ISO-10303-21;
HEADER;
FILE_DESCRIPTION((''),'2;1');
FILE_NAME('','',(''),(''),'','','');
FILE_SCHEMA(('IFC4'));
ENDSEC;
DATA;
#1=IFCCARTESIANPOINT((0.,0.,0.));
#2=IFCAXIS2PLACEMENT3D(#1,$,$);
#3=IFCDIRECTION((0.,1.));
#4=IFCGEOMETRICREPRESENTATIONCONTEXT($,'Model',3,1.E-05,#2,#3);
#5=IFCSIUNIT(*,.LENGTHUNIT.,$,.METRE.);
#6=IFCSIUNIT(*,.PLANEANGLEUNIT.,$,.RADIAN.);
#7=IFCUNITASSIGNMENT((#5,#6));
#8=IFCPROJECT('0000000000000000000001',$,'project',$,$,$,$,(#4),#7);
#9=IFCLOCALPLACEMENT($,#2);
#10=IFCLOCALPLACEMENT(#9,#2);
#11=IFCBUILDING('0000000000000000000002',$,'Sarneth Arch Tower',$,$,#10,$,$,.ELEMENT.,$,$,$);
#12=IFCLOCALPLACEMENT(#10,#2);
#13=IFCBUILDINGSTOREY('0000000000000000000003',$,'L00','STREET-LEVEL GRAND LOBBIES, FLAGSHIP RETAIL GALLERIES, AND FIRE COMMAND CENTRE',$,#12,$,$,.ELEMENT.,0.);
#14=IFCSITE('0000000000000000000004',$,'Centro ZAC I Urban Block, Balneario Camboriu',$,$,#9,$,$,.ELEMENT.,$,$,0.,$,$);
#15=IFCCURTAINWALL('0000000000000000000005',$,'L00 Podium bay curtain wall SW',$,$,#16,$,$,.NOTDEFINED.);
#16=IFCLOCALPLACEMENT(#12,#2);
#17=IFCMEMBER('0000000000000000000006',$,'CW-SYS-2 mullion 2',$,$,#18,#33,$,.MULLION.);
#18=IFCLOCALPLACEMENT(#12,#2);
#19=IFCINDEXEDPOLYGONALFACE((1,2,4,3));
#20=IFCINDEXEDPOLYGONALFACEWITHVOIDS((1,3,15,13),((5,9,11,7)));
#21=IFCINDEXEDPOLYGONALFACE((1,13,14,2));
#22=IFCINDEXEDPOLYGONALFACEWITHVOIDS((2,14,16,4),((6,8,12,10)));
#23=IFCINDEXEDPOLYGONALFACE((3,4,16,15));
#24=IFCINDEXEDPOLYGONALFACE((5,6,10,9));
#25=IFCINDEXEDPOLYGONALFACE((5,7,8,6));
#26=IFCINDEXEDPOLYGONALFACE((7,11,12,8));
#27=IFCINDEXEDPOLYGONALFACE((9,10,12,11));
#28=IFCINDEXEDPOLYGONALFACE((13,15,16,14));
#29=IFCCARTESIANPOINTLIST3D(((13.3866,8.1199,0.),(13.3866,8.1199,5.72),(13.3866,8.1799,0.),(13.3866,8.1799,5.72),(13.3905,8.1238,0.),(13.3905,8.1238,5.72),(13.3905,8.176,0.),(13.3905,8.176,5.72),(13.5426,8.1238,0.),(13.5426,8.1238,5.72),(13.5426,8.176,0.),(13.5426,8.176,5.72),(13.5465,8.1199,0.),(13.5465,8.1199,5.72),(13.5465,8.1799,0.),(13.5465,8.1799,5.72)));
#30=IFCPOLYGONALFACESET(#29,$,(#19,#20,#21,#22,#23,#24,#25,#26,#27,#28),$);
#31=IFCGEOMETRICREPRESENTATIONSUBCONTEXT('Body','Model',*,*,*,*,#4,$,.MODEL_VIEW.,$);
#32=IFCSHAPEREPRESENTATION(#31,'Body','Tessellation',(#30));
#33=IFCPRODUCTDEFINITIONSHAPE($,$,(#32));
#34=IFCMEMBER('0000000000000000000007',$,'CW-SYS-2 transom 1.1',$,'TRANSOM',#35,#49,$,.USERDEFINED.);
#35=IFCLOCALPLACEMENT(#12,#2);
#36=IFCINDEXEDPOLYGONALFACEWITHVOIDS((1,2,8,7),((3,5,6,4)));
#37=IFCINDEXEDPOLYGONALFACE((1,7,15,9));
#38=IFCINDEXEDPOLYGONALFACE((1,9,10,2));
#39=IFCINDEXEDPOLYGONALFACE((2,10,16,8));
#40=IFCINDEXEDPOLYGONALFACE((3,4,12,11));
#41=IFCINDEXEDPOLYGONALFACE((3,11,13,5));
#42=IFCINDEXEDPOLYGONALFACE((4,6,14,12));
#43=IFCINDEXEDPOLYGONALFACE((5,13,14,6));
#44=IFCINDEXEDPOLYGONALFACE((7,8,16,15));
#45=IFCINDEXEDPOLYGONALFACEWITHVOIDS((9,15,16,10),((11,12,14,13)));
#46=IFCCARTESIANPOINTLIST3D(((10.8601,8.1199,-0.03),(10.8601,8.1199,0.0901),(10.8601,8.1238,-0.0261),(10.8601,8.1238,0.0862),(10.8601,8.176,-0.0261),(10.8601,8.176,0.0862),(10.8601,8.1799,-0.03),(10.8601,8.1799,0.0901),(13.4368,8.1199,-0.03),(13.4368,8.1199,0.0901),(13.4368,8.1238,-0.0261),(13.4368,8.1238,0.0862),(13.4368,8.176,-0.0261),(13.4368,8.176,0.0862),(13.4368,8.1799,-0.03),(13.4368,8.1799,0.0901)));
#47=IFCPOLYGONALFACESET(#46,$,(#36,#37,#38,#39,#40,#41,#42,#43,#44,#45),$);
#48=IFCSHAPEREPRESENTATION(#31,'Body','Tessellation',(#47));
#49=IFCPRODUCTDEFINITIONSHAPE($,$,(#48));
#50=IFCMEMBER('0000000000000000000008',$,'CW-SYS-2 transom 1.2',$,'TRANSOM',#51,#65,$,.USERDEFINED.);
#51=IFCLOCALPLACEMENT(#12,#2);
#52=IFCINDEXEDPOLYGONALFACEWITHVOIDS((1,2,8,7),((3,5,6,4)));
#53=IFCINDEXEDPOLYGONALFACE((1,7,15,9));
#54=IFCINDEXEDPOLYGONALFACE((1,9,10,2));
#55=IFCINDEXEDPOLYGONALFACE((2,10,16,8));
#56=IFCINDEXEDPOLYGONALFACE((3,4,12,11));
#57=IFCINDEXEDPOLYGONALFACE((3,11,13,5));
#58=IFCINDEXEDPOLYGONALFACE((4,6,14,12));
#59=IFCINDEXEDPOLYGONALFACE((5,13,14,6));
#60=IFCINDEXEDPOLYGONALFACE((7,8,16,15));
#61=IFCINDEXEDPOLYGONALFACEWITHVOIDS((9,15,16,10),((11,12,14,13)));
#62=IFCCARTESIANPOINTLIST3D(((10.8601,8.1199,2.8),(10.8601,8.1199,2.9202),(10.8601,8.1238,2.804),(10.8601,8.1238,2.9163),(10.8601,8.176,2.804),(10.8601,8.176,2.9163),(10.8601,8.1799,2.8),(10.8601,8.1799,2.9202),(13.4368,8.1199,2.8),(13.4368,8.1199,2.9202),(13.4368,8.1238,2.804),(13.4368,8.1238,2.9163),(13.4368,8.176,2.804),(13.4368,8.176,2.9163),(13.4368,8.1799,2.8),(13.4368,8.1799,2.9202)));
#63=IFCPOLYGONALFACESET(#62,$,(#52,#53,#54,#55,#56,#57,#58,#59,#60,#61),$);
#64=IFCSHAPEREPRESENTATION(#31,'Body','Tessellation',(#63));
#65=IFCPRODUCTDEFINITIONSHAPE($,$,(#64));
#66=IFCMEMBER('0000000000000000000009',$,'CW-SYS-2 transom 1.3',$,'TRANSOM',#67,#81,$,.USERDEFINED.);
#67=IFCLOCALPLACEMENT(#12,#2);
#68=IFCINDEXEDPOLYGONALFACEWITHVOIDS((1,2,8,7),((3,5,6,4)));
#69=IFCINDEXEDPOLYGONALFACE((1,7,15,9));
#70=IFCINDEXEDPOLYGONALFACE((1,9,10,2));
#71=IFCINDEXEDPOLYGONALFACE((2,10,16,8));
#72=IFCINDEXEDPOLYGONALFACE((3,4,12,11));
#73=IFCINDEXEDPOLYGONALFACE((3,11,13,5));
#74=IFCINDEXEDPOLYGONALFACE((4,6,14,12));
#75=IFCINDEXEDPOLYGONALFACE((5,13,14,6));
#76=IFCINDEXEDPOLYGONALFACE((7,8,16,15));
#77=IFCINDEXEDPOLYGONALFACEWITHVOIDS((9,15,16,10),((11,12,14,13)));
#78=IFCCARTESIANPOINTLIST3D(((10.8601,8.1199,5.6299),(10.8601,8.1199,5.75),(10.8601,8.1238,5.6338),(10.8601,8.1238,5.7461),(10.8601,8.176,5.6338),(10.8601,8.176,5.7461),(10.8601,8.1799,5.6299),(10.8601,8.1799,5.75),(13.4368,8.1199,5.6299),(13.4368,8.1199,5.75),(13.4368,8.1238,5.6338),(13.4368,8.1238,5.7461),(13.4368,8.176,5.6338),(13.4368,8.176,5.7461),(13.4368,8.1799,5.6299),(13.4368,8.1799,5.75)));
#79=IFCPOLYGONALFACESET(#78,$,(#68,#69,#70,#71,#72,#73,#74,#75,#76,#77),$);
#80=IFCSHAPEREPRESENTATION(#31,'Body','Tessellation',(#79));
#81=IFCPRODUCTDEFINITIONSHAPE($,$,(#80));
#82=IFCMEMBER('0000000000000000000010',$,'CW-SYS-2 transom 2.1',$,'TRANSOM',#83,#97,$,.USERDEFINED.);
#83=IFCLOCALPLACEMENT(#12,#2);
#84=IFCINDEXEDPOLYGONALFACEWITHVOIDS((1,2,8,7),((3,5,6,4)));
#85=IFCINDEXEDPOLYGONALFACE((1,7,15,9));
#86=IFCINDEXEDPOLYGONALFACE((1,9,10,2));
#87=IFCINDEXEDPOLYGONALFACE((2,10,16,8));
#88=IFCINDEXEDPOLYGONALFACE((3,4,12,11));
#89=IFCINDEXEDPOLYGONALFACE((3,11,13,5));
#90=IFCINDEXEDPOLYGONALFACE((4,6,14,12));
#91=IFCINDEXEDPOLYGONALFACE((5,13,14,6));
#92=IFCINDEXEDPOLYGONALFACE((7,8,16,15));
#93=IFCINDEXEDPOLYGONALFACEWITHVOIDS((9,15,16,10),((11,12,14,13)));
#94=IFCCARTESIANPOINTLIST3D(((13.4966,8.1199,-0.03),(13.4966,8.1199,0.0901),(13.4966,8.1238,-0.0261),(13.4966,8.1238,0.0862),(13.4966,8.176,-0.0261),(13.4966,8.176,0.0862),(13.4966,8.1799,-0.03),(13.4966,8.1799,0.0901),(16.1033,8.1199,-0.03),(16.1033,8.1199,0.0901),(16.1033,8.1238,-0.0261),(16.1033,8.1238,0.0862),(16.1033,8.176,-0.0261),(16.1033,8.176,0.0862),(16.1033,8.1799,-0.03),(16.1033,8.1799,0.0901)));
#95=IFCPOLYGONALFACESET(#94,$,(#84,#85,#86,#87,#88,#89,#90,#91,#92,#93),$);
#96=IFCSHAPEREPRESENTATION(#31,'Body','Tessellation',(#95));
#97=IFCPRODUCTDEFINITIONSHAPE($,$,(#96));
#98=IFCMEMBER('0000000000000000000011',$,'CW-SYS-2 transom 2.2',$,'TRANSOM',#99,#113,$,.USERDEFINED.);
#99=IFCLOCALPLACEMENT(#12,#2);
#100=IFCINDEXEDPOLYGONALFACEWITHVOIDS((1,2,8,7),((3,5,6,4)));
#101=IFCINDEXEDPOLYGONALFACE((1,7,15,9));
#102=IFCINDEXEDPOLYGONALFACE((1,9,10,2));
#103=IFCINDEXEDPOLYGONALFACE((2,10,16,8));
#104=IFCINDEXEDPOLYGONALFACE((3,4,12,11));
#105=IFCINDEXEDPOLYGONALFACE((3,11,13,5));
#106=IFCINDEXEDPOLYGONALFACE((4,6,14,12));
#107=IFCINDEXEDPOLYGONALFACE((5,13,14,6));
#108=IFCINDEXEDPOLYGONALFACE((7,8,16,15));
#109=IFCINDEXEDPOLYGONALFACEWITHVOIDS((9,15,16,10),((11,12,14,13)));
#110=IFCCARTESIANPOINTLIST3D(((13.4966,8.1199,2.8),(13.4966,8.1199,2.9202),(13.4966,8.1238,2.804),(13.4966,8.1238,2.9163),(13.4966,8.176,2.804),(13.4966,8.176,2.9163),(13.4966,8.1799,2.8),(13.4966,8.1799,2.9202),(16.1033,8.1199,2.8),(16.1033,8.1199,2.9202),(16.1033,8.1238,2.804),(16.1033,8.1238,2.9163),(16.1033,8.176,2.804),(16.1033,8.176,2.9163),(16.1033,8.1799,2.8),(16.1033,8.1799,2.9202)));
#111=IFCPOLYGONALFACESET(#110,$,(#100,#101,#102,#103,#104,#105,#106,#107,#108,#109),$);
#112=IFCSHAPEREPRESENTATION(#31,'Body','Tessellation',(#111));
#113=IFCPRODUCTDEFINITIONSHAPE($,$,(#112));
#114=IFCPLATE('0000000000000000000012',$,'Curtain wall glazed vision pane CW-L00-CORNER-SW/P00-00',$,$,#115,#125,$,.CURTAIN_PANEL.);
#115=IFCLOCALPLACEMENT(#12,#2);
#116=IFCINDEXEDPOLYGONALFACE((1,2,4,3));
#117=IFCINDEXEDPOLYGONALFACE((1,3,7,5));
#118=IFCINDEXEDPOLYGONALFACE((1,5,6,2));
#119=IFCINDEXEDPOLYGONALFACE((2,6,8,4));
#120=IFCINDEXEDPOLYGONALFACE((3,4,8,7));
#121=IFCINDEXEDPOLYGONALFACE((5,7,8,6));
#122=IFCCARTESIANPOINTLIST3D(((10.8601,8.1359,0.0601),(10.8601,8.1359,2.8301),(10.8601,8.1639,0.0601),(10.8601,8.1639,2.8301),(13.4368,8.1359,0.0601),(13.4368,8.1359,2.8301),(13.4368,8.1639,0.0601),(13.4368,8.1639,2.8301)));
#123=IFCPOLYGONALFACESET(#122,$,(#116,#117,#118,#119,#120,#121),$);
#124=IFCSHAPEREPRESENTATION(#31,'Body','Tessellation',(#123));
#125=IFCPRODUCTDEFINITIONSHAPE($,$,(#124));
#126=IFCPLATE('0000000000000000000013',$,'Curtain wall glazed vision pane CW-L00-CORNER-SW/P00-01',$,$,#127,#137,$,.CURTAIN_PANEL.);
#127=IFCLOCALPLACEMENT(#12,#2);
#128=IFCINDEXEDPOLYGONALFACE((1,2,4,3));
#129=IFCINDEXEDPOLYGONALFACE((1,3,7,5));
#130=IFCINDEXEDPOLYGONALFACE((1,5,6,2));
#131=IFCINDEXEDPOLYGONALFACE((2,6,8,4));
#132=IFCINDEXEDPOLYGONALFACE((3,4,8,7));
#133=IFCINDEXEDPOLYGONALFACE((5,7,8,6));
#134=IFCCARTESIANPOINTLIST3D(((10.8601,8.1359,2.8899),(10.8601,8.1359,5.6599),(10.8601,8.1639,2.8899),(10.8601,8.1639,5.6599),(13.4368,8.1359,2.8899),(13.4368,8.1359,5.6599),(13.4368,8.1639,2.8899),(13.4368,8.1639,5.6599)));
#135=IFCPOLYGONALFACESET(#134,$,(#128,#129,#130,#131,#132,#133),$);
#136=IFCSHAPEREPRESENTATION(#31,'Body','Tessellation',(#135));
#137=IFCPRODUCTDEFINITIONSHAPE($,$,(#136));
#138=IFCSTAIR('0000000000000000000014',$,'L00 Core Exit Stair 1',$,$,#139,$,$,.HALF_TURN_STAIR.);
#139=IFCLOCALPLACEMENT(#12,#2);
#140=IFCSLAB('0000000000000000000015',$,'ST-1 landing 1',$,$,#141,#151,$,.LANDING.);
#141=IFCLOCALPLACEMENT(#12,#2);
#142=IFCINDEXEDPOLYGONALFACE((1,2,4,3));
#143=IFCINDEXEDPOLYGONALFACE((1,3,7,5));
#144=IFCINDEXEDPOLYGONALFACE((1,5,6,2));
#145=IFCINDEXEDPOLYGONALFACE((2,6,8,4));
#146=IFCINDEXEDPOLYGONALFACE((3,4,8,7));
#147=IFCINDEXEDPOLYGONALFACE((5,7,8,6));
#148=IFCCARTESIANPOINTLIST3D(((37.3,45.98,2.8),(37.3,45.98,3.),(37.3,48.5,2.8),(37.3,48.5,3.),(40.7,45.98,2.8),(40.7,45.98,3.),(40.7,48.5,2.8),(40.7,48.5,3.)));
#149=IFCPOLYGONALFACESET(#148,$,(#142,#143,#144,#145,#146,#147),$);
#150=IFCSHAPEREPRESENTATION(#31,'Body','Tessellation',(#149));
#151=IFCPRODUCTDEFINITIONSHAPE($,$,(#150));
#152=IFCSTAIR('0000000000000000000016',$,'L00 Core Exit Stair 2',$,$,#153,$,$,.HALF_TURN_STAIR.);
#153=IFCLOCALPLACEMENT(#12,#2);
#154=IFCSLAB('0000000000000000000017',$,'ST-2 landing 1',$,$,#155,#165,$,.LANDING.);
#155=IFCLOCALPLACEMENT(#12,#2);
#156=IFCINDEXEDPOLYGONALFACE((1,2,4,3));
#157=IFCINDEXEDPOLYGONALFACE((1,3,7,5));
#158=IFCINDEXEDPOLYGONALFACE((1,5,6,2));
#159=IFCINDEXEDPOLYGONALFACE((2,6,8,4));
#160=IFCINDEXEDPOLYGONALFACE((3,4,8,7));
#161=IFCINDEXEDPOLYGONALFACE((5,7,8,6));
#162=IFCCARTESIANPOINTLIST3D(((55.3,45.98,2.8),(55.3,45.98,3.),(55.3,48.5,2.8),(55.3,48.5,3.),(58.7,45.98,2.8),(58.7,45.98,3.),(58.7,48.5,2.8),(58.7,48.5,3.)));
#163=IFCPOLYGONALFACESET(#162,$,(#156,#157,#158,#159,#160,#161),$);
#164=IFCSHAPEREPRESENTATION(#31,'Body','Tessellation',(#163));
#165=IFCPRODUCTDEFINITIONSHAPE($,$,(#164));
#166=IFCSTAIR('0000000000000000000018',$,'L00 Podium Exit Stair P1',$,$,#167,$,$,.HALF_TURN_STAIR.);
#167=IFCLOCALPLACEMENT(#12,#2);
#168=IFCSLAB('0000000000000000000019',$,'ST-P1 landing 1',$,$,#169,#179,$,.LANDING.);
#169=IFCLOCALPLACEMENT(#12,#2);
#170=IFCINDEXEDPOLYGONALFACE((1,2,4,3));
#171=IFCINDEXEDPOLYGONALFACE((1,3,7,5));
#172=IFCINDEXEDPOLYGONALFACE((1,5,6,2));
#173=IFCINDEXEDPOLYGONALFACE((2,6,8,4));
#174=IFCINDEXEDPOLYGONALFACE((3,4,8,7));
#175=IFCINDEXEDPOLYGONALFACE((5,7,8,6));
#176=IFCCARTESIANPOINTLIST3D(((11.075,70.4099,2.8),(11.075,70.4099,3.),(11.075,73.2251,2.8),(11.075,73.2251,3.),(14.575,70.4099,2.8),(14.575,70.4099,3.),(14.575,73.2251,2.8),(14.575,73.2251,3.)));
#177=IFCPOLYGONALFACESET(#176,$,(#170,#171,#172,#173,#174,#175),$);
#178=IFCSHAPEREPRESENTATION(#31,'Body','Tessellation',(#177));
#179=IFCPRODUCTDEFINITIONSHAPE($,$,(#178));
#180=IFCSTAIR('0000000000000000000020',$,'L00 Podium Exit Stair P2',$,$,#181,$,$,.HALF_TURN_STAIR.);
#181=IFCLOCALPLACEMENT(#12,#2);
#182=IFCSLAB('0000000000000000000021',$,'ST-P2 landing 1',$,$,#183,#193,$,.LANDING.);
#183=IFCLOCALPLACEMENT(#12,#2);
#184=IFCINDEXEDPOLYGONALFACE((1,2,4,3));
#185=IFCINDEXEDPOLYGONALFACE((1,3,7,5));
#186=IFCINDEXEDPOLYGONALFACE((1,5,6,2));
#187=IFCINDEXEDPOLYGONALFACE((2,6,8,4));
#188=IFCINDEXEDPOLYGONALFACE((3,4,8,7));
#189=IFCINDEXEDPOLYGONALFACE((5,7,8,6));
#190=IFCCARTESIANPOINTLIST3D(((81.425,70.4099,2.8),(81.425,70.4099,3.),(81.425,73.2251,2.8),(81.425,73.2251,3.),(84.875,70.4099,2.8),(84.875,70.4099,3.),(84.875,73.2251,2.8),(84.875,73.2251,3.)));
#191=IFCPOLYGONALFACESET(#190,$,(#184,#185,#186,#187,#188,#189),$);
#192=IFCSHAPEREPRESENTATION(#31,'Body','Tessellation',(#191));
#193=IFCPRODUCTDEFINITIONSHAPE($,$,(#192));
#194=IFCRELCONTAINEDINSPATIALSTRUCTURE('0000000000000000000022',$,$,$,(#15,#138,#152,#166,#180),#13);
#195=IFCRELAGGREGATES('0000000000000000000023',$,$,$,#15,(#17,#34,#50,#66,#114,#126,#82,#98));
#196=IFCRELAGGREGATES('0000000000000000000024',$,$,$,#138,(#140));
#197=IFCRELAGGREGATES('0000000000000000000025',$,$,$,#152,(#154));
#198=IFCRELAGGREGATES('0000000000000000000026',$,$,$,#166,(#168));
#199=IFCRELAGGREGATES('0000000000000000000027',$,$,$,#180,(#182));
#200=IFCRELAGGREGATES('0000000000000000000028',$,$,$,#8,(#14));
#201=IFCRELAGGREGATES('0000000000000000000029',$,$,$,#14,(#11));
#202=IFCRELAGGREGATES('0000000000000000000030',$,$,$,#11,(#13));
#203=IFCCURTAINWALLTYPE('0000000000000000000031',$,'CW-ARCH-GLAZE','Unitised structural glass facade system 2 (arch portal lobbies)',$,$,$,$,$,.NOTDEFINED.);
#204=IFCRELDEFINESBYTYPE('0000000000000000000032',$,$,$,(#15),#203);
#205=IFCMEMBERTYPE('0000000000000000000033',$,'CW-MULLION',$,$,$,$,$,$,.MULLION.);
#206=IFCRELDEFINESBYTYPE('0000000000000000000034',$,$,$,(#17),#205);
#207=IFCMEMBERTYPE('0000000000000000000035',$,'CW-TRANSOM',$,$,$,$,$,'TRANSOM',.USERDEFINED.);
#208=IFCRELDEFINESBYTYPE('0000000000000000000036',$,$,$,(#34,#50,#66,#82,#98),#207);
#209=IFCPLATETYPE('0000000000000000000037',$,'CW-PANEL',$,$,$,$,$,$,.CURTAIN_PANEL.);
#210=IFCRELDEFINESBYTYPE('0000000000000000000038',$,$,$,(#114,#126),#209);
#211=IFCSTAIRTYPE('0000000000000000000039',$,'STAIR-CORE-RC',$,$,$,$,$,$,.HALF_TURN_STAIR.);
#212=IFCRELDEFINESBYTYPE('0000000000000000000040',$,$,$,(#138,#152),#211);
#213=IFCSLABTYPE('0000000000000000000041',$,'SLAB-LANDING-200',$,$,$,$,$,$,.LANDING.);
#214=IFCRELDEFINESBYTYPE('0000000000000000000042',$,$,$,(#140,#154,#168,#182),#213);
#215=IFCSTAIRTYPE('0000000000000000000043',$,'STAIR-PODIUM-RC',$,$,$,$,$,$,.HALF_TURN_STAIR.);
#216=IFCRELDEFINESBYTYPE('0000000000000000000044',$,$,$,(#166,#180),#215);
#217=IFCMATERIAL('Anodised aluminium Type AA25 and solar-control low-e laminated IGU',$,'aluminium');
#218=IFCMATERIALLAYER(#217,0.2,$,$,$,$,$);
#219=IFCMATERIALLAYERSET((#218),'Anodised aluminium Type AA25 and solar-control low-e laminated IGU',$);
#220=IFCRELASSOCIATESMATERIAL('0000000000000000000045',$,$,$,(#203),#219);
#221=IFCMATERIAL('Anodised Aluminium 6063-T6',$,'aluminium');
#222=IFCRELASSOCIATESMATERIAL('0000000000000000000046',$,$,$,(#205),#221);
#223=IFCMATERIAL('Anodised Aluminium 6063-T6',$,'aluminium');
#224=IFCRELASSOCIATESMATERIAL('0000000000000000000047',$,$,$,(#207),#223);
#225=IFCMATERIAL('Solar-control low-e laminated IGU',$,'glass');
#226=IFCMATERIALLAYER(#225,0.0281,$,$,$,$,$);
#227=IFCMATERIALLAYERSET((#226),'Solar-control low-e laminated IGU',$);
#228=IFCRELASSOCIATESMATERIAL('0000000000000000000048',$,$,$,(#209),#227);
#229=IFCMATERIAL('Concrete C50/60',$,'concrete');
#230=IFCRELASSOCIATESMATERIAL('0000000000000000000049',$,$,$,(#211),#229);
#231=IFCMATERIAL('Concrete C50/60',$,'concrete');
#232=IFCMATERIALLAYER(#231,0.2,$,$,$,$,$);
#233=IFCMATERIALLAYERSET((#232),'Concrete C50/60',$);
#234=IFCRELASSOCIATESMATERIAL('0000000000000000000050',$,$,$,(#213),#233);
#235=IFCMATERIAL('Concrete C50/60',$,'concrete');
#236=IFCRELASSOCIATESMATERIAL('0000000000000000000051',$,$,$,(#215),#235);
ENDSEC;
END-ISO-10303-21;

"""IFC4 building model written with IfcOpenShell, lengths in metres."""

from ifc_helpers import new_model, si_unit, direction, frame, origin, origin_2d, place, context, subcontext, project, spatial, polyline, rectangle, hollow_rectangle, outline, extrude, material, layer, layer_set, material_profile, profile_set, type_object, element, aggregate, save


model = new_model("IFC4")

# Units and contexts
model_context = context("Model", 3, precision=1e-05, world=origin(), true_north=direction((0.0, 1.0)))
body_context = subcontext(model_context, "Body", "Model", "MODEL_VIEW")
ifc_project = project(units=[si_unit("LENGTHUNIT", "METRE"), si_unit("PLANEANGLEUNIT", "RADIAN")], contexts=[model_context])

# Site, building, storey
site_placement = place(None, origin())
site = spatial("IfcSite", under=ifc_project, at=site_placement, Name="Centro ZAC I Urban Block, Balneario Camboriu", CompositionType="ELEMENT", RefElevation=0.0)
building_placement = place(site_placement, origin())
building = spatial("IfcBuilding", under=site, at=building_placement, Name="Sarneth Arch Tower", CompositionType="ELEMENT")
storey_placement = place(building_placement, origin())
storey = spatial("IfcBuildingStorey", under=building, at=storey_placement, Name="L00", Description="STREET-LEVEL GRAND LOBBIES, FLAGSHIP RETAIL GALLERIES, AND FIRE COMMAND CENTRE", CompositionType="ELEMENT", Elevation=0.0)

# Curtain wall, members, plates
ifc_material_1 = material(Name="Anodised aluminium Type AA25 and solar-control low-e laminated IGU", Category="aluminium")
ifc_layer_1 = layer(ifc_material_1, 0.2)
ifc_layer_set_1 = layer_set([ifc_layer_1], Name="Anodised aluminium Type AA25 and solar-control low-e laminated IGU")
curtain_wall_type = type_object("IfcCurtainWallType", Name="CW-ARCH-GLAZE", Description="Unitised structural glass facade system 2 (arch portal lobbies)", PredefinedType="NOTDEFINED", material=ifc_layer_set_1)
curtain_wall_placement = place(storey_placement, origin())
curtain_wall = element("IfcCurtainWall", 1, at=curtain_wall_placement, inside=storey, type_object=curtain_wall_type, Name="L00 Podium bay curtain wall SW", PredefinedType="NOTDEFINED")
ifc_material_2 = material(Name="Anodised Aluminium 6063-T6", Category="aluminium")
ifc_material_profile_1 = material_profile(ifc_material_2, hollow_rectangle(XDim=0.0601, YDim=0.1599, WallThickness=0.0039, at=origin_2d()), Name="AL-MULL-160x60x4")
ifc_profile_set_1 = profile_set([ifc_material_profile_1], Name="Anodised Aluminium 6063-T6")
member_type_1 = type_object("IfcMemberType", Name="CW-MULLION", PredefinedType="MULLION", material=ifc_profile_set_1)
member_1_placement = place(storey_placement, frame((13.4666, 8.1499, 0.0), z_axis=(0.0, 0.0, 1.0), x_axis=(0.0, 1.0, 0.0)))
member_1 = element("IfcMember", 2, at=member_1_placement, type_object=member_type_1, Name="CW-SYS-2 mullion 2", PredefinedType="MULLION", context=body_context, shape_type="SweptSolid", body=[
    extrude(hollow_rectangle(XDim=0.0601, YDim=0.1599, WallThickness=0.0039, at=origin_2d()), origin(), (0.0, 0.0, 1.0), 5.72),
])
ifc_material_3 = material(Name="Anodised Aluminium 6063-T6", Category="aluminium")
ifc_material_profile_2 = material_profile(ifc_material_3, hollow_rectangle(XDim=0.0601, YDim=0.1201, WallThickness=0.0039, at=origin_2d()), Name="AL-TRAN-120x60x4")
ifc_profile_set_2 = profile_set([ifc_material_profile_2], Name="Anodised Aluminium 6063-T6")
member_type_2 = type_object("IfcMemberType", Name="CW-TRANSOM", ElementType="TRANSOM", PredefinedType="USERDEFINED", material=ifc_profile_set_2)
member_2_placement = place(storey_placement, frame((10.8601, 8.1499, 0.03), z_axis=(1.0, 0.0, 0.0), x_axis=(0.0, 1.0, 0.0)))
member_2 = element("IfcMember", 3, at=member_2_placement, type_object=member_type_2, Name="CW-SYS-2 transom 1.1", ObjectType="TRANSOM", PredefinedType="USERDEFINED", context=body_context, shape_type="SweptSolid", body=[
    extrude(hollow_rectangle(XDim=0.0601, YDim=0.1201, WallThickness=0.0039, at=origin_2d()), origin(), (0.0, 0.0, 1.0), 2.5767),
])
member_3_placement = place(storey_placement, frame((10.8601, 8.1499, 2.8601), z_axis=(1.0, 0.0, 0.0), x_axis=(0.0, 1.0, 0.0)))
member_3 = element("IfcMember", 4, at=member_3_placement, type_object=member_type_2, Name="CW-SYS-2 transom 1.2", ObjectType="TRANSOM", PredefinedType="USERDEFINED", context=body_context, shape_type="SweptSolid", body=[
    extrude(hollow_rectangle(XDim=0.0601, YDim=0.1201, WallThickness=0.0039, at=origin_2d()), origin(), (0.0, 0.0, 1.0), 2.5767),
])
member_4_placement = place(storey_placement, frame((10.8601, 8.1499, 5.6899), z_axis=(1.0, 0.0, 0.0), x_axis=(0.0, 1.0, 0.0)))
member_4 = element("IfcMember", 5, at=member_4_placement, type_object=member_type_2, Name="CW-SYS-2 transom 1.3", ObjectType="TRANSOM", PredefinedType="USERDEFINED", context=body_context, shape_type="SweptSolid", body=[
    extrude(hollow_rectangle(XDim=0.0601, YDim=0.1201, WallThickness=0.0039, at=origin_2d()), origin(), (0.0, 0.0, 1.0), 2.5767),
])
member_5_placement = place(storey_placement, frame((13.4966, 8.1499, 0.03), z_axis=(1.0, 0.0, 0.0), x_axis=(0.0, 1.0, 0.0)))
member_5 = element("IfcMember", 6, at=member_5_placement, type_object=member_type_2, Name="CW-SYS-2 transom 2.1", ObjectType="TRANSOM", PredefinedType="USERDEFINED", context=body_context, shape_type="SweptSolid", body=[
    extrude(hollow_rectangle(XDim=0.0601, YDim=0.1201, WallThickness=0.0039, at=origin_2d()), origin(), (0.0, 0.0, 1.0), 2.6067),
])
member_6_placement = place(storey_placement, frame((13.4966, 8.1499, 2.8601), z_axis=(1.0, 0.0, 0.0), x_axis=(0.0, 1.0, 0.0)))
member_6 = element("IfcMember", 7, at=member_6_placement, type_object=member_type_2, Name="CW-SYS-2 transom 2.2", ObjectType="TRANSOM", PredefinedType="USERDEFINED", context=body_context, shape_type="SweptSolid", body=[
    extrude(hollow_rectangle(XDim=0.0601, YDim=0.1201, WallThickness=0.0039, at=origin_2d()), origin(), (0.0, 0.0, 1.0), 2.6067),
])
ifc_material_4 = material(Name="Solar-control low-e laminated IGU", Category="glass")
ifc_layer_2 = layer(ifc_material_4, 0.0281)
ifc_layer_set_2 = layer_set([ifc_layer_2], Name="Solar-control low-e laminated IGU")
plate_type = type_object("IfcPlateType", Name="CW-PANEL", PredefinedType="CURTAIN_PANEL", material=ifc_layer_set_2)
plate_1_placement = place(storey_placement, frame((12.1484, 8.1499, 0.0601), z_axis=(0.0, 0.0, 1.0), x_axis=(1.0, 0.0, 0.0)))
plate_1 = element("IfcPlate", 8, at=plate_1_placement, type_object=plate_type, Name="Curtain wall glazed vision pane CW-L00-CORNER-SW/P00-00", PredefinedType="CURTAIN_PANEL", context=body_context, shape_type="SweptSolid", body=[
    extrude(rectangle(XDim=2.5767, YDim=0.0281, at=origin_2d()), origin(), (0.0, 0.0, 1.0), 2.77),
])
plate_2_placement = place(storey_placement, frame((12.1484, 8.1499, 2.8899), z_axis=(0.0, 0.0, 1.0), x_axis=(1.0, 0.0, 0.0)))
plate_2 = element("IfcPlate", 9, at=plate_2_placement, type_object=plate_type, Name="Curtain wall glazed vision pane CW-L00-CORNER-SW/P00-01", PredefinedType="CURTAIN_PANEL", context=body_context, shape_type="SweptSolid", body=[
    extrude(rectangle(XDim=2.5767, YDim=0.0281, at=origin_2d()), origin(), (0.0, 0.0, 1.0), 2.77),
])
aggregate(curtain_wall, [member_1, member_2, member_3, member_4, plate_1, plate_2, member_5, member_6])

# Stairs, slabs
ifc_material_5 = material(Name="Concrete C50/60", Category="concrete")
stair_type_1 = type_object("IfcStairType", Name="STAIR-CORE-RC", PredefinedType="HALF_TURN_STAIR", material=ifc_material_5)
stair_1_placement = place(storey_placement, origin())
stair_1 = element("IfcStair", 10, at=stair_1_placement, inside=storey, type_object=stair_type_1, Name="L00 Core Exit Stair 1", PredefinedType="HALF_TURN_STAIR")
ifc_material_6 = material(Name="Concrete C50/60", Category="concrete")
ifc_layer_3 = layer(ifc_material_6, 0.2)
ifc_layer_set_3 = layer_set([ifc_layer_3], Name="Concrete C50/60")
slab_type_1 = type_object("IfcSlabType", Name="SLAB-LANDING-200", PredefinedType="LANDING", material=ifc_layer_set_3)
slab_1_placement = place(storey_placement, frame((0.0, 0.0, 2.8)))
slab_1 = element("IfcSlab", 11, at=slab_1_placement, type_object=slab_type_1, Name="ST-1 landing 1", PredefinedType="LANDING", context=body_context, shape_type="SweptSolid", body=[
    extrude(outline(polyline([(37.3, 45.98), (40.7, 45.98), (40.7, 48.5), (37.3, 48.5), (37.3, 45.98)])), origin(), (0.0, 0.0, 1.0), 0.2),
])
aggregate(stair_1, [slab_1])
stair_2_placement = place(storey_placement, origin())
stair_2 = element("IfcStair", 12, at=stair_2_placement, inside=storey, type_object=stair_type_1, Name="L00 Core Exit Stair 2", PredefinedType="HALF_TURN_STAIR")
slab_2_placement = place(storey_placement, frame((0.0, 0.0, 2.8)))
slab_2 = element("IfcSlab", 13, at=slab_2_placement, type_object=slab_type_1, Name="ST-2 landing 1", PredefinedType="LANDING", context=body_context, shape_type="SweptSolid", body=[
    extrude(outline(polyline([(55.3, 45.98), (58.7, 45.98), (58.7, 48.5), (55.3, 48.5), (55.3, 45.98)])), origin(), (0.0, 0.0, 1.0), 0.2),
])
aggregate(stair_2, [slab_2])
ifc_material_7 = material(Name="Concrete C50/60", Category="concrete")
stair_type_2 = type_object("IfcStairType", Name="STAIR-PODIUM-RC", PredefinedType="HALF_TURN_STAIR", material=ifc_material_7)
stair_3_placement = place(storey_placement, origin())
stair_3 = element("IfcStair", 14, at=stair_3_placement, inside=storey, type_object=stair_type_2, Name="L00 Podium Exit Stair P1", PredefinedType="HALF_TURN_STAIR")
slab_3_placement = place(storey_placement, frame((0.0, 0.0, 2.8)))
slab_3 = element("IfcSlab", 15, at=slab_3_placement, type_object=slab_type_1, Name="ST-P1 landing 1", PredefinedType="LANDING", context=body_context, shape_type="SweptSolid", body=[
    extrude(outline(polyline([(11.075, 70.4099), (14.575, 70.4099), (14.575, 73.2251), (11.075, 73.2251), (11.075, 70.4099)])), origin(), (0.0, 0.0, 1.0), 0.2),
])
aggregate(stair_3, [slab_3])
stair_4_placement = place(storey_placement, origin())
stair_4 = element("IfcStair", 16, at=stair_4_placement, inside=storey, type_object=stair_type_2, Name="L00 Podium Exit Stair P2", PredefinedType="HALF_TURN_STAIR")
slab_4_placement = place(storey_placement, frame((0.0, 0.0, 2.8)))
slab_4 = element("IfcSlab", 17, at=slab_4_placement, type_object=slab_type_1, Name="ST-P2 landing 1", PredefinedType="LANDING", context=body_context, shape_type="SweptSolid", body=[
    extrude(outline(polyline([(81.425, 70.4099), (84.875, 70.4099), (84.875, 73.2251), (81.425, 73.2251), (81.425, 70.4099)])), origin(), (0.0, 0.0, 1.0), 0.2),
])
aggregate(stair_4, [slab_4])

save(model, "model.ifc")
